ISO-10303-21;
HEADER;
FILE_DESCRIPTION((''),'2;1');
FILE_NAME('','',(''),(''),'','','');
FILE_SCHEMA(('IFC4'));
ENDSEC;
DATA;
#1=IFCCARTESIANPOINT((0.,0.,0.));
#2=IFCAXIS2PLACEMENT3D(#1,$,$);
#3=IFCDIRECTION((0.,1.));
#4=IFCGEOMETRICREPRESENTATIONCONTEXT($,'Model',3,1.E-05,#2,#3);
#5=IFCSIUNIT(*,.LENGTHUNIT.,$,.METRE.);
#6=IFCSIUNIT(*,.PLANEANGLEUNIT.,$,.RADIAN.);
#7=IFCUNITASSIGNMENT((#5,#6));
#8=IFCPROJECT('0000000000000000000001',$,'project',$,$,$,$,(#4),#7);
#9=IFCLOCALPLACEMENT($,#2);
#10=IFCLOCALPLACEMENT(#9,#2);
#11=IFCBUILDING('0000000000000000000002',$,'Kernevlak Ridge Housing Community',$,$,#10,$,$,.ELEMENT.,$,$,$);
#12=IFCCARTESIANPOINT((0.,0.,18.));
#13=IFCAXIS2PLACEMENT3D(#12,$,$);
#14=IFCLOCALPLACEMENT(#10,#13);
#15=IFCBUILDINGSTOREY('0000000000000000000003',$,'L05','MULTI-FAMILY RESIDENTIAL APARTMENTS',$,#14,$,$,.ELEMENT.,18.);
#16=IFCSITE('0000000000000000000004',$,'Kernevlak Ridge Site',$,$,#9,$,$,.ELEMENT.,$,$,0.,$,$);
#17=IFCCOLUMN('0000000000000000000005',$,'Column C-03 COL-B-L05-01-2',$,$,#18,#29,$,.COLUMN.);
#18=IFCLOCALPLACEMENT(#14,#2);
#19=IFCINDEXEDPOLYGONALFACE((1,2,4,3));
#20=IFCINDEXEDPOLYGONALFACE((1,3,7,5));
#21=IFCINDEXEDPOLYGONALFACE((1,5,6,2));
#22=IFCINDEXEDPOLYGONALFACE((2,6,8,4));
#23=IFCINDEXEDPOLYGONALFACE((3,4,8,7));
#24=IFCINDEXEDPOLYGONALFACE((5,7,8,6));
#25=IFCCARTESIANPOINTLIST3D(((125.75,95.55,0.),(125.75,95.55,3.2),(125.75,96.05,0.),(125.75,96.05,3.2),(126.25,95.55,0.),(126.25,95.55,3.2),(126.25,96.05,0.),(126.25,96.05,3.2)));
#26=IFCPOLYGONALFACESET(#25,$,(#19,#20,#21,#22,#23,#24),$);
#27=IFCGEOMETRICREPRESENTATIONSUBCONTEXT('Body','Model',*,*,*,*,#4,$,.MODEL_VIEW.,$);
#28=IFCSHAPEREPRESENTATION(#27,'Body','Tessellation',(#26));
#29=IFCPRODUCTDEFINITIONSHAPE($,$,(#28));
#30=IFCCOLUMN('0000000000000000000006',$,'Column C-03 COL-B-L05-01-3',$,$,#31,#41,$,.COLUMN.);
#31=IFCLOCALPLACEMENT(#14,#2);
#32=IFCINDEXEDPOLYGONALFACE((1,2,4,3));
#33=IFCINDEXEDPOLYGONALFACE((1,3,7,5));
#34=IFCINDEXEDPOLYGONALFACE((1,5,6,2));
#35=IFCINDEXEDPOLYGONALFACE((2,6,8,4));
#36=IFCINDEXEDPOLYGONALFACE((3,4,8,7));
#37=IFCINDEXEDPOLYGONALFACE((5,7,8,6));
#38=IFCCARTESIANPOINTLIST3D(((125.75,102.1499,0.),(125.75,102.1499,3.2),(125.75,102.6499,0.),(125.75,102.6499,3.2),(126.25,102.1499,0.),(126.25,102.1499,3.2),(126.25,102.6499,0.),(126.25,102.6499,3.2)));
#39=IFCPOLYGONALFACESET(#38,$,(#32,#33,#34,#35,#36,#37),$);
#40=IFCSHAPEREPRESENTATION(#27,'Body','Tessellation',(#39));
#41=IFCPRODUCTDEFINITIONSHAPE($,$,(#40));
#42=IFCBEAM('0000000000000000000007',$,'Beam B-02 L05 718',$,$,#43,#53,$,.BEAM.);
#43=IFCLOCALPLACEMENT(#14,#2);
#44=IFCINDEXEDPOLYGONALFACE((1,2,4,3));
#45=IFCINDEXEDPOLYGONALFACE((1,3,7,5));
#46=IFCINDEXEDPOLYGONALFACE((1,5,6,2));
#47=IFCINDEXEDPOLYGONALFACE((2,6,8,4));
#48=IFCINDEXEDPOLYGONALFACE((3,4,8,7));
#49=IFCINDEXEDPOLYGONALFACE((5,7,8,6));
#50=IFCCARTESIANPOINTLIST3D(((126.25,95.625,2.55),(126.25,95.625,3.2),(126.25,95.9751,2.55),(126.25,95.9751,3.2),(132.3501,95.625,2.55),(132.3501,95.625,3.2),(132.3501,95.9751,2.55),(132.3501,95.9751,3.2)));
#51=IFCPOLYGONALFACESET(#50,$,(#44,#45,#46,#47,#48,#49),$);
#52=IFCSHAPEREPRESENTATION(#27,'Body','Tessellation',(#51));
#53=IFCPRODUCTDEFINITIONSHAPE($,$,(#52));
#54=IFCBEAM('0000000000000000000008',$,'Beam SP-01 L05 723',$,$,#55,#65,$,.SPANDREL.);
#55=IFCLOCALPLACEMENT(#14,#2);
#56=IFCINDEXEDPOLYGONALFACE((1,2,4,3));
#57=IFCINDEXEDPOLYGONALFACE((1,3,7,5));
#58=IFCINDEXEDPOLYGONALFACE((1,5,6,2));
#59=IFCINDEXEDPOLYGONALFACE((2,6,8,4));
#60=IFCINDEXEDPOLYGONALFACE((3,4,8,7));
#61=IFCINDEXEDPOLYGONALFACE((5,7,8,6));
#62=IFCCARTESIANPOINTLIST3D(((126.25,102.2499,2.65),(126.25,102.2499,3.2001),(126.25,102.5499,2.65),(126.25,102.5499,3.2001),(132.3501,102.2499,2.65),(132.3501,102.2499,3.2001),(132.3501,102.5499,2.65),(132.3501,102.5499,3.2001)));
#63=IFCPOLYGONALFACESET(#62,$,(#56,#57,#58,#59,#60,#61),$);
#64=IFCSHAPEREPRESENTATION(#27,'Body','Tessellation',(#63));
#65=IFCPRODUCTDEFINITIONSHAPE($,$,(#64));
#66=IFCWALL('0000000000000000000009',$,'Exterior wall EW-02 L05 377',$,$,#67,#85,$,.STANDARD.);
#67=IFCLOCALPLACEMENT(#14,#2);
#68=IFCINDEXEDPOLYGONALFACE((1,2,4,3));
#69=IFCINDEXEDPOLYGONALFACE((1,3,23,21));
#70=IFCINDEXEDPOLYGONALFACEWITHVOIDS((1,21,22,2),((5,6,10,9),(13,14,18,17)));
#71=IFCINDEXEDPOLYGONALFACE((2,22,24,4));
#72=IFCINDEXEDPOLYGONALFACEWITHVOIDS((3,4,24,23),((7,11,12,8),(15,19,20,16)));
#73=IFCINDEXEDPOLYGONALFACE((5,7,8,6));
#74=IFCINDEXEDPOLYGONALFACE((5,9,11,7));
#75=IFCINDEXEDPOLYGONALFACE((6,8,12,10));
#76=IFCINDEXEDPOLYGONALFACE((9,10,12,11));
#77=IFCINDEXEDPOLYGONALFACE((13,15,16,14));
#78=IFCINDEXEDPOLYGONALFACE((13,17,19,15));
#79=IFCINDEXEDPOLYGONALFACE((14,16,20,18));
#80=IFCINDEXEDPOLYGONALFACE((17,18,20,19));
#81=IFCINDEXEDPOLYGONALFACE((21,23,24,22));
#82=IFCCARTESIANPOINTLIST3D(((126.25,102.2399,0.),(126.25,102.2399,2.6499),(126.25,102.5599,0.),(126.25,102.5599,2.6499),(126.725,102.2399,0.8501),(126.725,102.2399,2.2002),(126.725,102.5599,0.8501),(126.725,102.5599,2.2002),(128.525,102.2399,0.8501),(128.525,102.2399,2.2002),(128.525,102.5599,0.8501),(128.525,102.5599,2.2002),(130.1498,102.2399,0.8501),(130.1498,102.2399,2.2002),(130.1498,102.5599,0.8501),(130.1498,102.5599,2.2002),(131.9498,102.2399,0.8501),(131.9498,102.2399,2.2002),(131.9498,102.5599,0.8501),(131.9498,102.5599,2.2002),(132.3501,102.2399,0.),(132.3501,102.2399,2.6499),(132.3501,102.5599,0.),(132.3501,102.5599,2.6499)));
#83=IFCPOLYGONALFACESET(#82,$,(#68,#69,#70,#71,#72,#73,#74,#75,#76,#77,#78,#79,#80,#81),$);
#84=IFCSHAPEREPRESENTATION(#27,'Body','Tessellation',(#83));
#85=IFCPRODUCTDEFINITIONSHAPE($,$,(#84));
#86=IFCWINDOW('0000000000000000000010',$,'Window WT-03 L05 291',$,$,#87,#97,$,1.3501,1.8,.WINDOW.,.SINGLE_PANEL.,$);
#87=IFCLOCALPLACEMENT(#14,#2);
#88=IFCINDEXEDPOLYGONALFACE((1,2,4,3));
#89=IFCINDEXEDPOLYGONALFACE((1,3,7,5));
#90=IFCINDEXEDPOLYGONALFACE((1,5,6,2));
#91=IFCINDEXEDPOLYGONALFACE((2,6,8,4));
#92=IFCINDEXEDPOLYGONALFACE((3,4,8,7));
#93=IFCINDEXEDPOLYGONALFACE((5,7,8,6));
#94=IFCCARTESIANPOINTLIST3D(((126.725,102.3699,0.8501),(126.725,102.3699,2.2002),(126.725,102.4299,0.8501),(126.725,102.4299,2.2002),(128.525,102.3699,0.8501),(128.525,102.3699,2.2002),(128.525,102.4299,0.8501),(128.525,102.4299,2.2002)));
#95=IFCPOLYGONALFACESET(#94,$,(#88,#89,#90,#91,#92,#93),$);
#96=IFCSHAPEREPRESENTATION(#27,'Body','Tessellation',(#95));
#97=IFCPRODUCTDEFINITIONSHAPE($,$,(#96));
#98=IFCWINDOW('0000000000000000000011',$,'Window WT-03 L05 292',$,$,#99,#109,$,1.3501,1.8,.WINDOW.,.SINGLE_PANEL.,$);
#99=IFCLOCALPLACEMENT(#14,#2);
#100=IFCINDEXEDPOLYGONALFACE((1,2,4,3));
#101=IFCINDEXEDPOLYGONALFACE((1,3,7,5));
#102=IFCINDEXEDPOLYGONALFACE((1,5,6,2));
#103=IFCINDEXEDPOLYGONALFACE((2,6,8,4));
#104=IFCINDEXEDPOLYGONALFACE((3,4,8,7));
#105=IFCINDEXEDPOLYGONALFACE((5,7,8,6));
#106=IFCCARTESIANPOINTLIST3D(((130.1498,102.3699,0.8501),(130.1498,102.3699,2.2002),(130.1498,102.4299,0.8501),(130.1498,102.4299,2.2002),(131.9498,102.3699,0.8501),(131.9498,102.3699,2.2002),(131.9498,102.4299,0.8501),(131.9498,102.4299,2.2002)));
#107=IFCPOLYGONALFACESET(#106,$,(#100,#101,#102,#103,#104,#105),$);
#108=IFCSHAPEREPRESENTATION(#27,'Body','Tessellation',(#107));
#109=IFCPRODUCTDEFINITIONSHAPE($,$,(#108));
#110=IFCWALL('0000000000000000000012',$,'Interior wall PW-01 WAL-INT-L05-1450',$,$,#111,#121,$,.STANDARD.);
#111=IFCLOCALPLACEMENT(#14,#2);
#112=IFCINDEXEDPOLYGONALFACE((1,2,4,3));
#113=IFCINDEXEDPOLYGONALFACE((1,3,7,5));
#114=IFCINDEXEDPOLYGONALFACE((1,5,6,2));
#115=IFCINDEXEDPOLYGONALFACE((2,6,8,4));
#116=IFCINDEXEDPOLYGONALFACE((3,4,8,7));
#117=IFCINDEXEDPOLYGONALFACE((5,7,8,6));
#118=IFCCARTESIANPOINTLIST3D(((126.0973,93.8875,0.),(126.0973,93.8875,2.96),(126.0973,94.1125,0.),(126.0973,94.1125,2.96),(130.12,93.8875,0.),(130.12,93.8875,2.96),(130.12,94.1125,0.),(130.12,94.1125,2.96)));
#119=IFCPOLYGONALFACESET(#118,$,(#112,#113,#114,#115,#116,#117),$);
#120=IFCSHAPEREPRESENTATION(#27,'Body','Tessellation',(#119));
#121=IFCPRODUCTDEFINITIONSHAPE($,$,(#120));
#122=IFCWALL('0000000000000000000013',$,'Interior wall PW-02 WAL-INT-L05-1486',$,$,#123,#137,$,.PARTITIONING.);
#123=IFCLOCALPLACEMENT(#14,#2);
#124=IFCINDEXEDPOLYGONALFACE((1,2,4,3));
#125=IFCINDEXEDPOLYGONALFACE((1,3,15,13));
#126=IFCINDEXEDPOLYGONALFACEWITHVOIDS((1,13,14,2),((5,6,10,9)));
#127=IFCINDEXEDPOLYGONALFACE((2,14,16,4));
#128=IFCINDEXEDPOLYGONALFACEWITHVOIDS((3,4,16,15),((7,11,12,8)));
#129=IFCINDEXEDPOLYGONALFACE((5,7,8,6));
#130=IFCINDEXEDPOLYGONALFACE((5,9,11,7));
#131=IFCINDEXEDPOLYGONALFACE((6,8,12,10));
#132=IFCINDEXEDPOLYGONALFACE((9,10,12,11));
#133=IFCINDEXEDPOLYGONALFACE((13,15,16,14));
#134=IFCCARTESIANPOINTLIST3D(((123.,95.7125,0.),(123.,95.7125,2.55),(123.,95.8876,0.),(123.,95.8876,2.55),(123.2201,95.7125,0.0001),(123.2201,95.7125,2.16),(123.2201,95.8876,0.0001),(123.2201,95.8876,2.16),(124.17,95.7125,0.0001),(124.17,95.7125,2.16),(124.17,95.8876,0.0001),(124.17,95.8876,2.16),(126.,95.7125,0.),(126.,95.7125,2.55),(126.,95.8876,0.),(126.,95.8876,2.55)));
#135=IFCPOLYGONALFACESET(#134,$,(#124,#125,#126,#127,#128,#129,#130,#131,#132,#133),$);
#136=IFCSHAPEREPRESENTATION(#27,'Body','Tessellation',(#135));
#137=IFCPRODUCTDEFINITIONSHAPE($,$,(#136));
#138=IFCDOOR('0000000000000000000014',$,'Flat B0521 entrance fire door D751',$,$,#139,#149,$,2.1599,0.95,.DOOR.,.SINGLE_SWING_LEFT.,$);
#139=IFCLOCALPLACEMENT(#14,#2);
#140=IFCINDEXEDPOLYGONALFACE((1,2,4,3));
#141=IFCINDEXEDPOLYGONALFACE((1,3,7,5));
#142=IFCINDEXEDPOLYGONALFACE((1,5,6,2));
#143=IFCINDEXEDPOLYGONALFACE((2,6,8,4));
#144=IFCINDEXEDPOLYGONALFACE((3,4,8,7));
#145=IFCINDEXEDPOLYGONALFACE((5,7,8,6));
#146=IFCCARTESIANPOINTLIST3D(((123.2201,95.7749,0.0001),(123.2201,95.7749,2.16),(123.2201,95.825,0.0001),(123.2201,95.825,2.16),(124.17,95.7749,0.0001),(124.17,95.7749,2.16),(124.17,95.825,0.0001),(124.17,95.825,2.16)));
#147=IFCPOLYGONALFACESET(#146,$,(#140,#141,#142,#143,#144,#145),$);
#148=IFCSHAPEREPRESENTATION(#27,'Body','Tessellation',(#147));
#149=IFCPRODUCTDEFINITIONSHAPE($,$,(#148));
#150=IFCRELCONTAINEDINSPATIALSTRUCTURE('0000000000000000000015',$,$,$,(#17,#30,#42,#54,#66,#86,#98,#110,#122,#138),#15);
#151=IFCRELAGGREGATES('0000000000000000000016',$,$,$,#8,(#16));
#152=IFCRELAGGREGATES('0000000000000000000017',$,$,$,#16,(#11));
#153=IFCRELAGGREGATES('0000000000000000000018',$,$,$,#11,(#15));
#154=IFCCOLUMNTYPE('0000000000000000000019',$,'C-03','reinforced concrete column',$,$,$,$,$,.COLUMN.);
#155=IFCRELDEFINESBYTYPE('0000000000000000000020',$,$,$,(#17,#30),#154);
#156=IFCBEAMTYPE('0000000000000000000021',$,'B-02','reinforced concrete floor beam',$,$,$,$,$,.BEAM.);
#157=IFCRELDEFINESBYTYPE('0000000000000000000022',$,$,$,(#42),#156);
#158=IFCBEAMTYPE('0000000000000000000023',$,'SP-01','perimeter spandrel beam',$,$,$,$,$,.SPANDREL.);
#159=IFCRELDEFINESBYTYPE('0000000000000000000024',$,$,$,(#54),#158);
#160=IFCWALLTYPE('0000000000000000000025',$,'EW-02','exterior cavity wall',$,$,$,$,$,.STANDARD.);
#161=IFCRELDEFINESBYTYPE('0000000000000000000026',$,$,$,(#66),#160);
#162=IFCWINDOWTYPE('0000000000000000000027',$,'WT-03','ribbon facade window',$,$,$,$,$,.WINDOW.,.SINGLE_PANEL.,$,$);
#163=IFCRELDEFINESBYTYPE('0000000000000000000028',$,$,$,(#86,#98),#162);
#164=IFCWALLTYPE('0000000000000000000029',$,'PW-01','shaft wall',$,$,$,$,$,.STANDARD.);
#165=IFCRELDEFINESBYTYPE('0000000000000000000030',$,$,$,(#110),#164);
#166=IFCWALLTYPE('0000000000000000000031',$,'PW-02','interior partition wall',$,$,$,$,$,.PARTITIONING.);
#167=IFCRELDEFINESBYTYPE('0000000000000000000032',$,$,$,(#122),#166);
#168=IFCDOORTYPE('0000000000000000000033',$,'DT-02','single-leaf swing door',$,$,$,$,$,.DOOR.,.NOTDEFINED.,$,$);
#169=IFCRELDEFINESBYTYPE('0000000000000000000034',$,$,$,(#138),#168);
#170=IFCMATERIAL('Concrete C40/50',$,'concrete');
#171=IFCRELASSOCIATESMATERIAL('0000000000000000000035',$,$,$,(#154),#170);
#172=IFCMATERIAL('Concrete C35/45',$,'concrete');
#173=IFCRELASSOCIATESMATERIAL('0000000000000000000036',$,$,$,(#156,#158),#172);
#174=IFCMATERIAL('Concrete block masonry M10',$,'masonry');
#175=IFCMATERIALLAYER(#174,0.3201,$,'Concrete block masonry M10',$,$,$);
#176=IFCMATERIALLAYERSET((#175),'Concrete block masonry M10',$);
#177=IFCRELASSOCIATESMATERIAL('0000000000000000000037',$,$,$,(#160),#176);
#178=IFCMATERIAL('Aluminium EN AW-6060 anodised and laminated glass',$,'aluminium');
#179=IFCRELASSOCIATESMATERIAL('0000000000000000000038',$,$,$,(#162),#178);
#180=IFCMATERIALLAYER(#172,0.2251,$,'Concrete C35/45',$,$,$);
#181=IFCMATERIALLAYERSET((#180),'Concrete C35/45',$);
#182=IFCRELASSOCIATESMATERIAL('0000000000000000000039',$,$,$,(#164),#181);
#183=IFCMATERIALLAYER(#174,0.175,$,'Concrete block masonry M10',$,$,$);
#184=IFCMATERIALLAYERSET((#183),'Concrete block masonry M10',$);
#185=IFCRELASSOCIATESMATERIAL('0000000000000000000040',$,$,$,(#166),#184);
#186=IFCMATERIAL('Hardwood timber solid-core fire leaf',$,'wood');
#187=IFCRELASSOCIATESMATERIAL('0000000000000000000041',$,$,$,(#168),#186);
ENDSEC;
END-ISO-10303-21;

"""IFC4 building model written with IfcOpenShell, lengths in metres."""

from ifc_helpers import new_model, si_unit, direction, frame, frame_2d, origin, origin_2d, place, context, subcontext, project, spatial, rectangle, extrude, material, layer, layer_set, material_profile, profile_set, type_object, element, fill, save


model = new_model("IFC4")

# Units and contexts
model_context = context("Model", 3, precision=1e-05, world=origin(), true_north=direction((0.0, 1.0)))
body_context = subcontext(model_context, "Body", "Model", "MODEL_VIEW")
ifc_project = project(units=[si_unit("LENGTHUNIT", "METRE"), si_unit("PLANEANGLEUNIT", "RADIAN")], contexts=[model_context])

# Site, building, storey
site_placement = place(None, origin())
site = spatial("IfcSite", under=ifc_project, at=site_placement, Name="Kernevlak Ridge Site", CompositionType="ELEMENT", RefElevation=0.0)
building_placement = place(site_placement, origin())
building = spatial("IfcBuilding", under=site, at=building_placement, Name="Kernevlak Ridge Housing Community", CompositionType="ELEMENT")
storey_placement = place(building_placement, frame((0.0, 0.0, 18.0)))
storey = spatial("IfcBuildingStorey", under=building, at=storey_placement, Name="L05", Description="MULTI-FAMILY RESIDENTIAL APARTMENTS", CompositionType="ELEMENT", Elevation=18.0)

# Columns
ifc_material_1 = material(Name="Concrete C40/50", Category="concrete")
ifc_material_profile_1 = material_profile(ifc_material_1, rectangle(XDim=0.5, YDim=0.5, at=origin_2d()), Name="RC 500x500")
ifc_profile_set_1 = profile_set([ifc_material_profile_1], Name="Concrete C40/50")
column_type = type_object("IfcColumnType", Name="C-03", Description="reinforced concrete column", PredefinedType="COLUMN", material=ifc_profile_set_1)
for number, where, z_axis, x_axis, name in (
    (1, (126.0, 95.8, 0.0), (0.0, 0.0, 1.0), (1.0, 0.0, 0.0), "Column C-03 COL-B-L05-01-2"),
    (2, (126.0, 102.3999, 0.0), (0.0, 0.0, 1.0), (1.0, 0.0, 0.0), "Column C-03 COL-B-L05-01-3"),
):
    element("IfcColumn", number, at=place(storey_placement, frame(where, z_axis=z_axis, x_axis=x_axis)), inside=storey, type_object=column_type, Name=name, PredefinedType="COLUMN", context=body_context, shape_type="SweptSolid", body=[
        extrude(rectangle(XDim=0.5, YDim=0.5, at=origin_2d()), origin(), (0.0, 0.0, 1.0), 3.2),
    ])

# Beams
ifc_material_2 = material(Name="Concrete C35/45", Category="concrete")
ifc_material_profile_2 = material_profile(ifc_material_2, rectangle(XDim=0.3501, YDim=0.6499, at=origin_2d()), Name="RC 350x650")
ifc_profile_set_2 = profile_set([ifc_material_profile_2], Name="Concrete C35/45")
beam_type_1 = type_object("IfcBeamType", Name="B-02", Description="reinforced concrete floor beam", PredefinedType="BEAM", material=ifc_profile_set_2)
beam_1_placement = place(storey_placement, frame((126.25, 95.8, 2.875), z_axis=(1.0, 0.0, 0.0), x_axis=(0.0, 1.0, 0.0)))
element("IfcBeam", 3, at=beam_1_placement, inside=storey, type_object=beam_type_1, Name="Beam B-02 L05 718", PredefinedType="BEAM", context=body_context, shape_type="SweptSolid", body=[
    extrude(rectangle(XDim=0.3501, YDim=0.6499, at=origin_2d()), origin(), (0.0, 0.0, 1.0), 6.1001),
])
ifc_material_profile_3 = material_profile(ifc_material_2, rectangle(XDim=0.3, YDim=0.55, at=origin_2d()), Name="RC 300x550")
ifc_profile_set_3 = profile_set([ifc_material_profile_3], Name="Concrete C35/45")
beam_type_2 = type_object("IfcBeamType", Name="SP-01", Description="perimeter spandrel beam", PredefinedType="SPANDREL", material=ifc_profile_set_3)
beam_2_placement = place(storey_placement, frame((126.25, 102.3999, 2.925), z_axis=(1.0, 0.0, 0.0), x_axis=(0.0, 1.0, 0.0)))
element("IfcBeam", 4, at=beam_2_placement, inside=storey, type_object=beam_type_2, Name="Beam SP-01 L05 723", PredefinedType="SPANDREL", context=body_context, shape_type="SweptSolid", body=[
    extrude(rectangle(XDim=0.3, YDim=0.55, at=origin_2d()), origin(), (0.0, 0.0, 1.0), 6.1001),
])

# Wall, openings, windows
ifc_material_3 = material(Name="Concrete block masonry M10", Category="masonry")
ifc_layer_1 = layer(ifc_material_3, 0.3201, Name="Concrete block masonry M10")
ifc_layer_set_1 = layer_set([ifc_layer_1], Name="Concrete block masonry M10")
wall_type_1 = type_object("IfcWallType", Name="EW-02", Description="exterior cavity wall", PredefinedType="STANDARD", material=ifc_layer_set_1)
wall_1_placement = place(storey_placement, frame((126.25, 102.3999, 0.0), z_axis=(0.0, 0.0, 1.0), x_axis=(1.0, 0.0, 0.0)))
wall_1 = element("IfcWall", 5, at=wall_1_placement, inside=storey, type_object=wall_type_1, Name="Exterior wall EW-02 L05 377", PredefinedType="STANDARD", context=body_context, shape_type="SweptSolid", body=[
    extrude(rectangle(XDim=6.1001, YDim=0.3201, at=frame_2d((3.05, 0.0))), origin(), (0.0, 0.0, 1.0), 2.6499),
])
opening_1_placement = place(wall_1_placement, frame((0.4751, 0.0, 0.8501)))
opening_1 = element("IfcOpeningElement", 6, at=opening_1_placement, cuts=wall_1, PredefinedType="OPENING", context=body_context, shape_type="SweptSolid", body=[
    extrude(rectangle(XDim=1.8, YDim=1.3501, at=frame_2d((0.8999, 0.675))), frame((0.0, 0.1699, 0.0), z_axis=(0.0, -1.0, 0.0), x_axis=(1.0, 0.0, 0.0)), (0.0, 0.0, 1.0), 0.3401),
])
opening_2_placement = place(wall_1_placement, frame((3.8999, 0.0, 0.8501)))
opening_2 = element("IfcOpeningElement", 7, at=opening_2_placement, cuts=wall_1, PredefinedType="OPENING", context=body_context, shape_type="SweptSolid", body=[
    extrude(rectangle(XDim=1.8, YDim=1.3501, at=frame_2d((0.8999, 0.675))), frame((0.0, 0.1699, 0.0), z_axis=(0.0, -1.0, 0.0), x_axis=(1.0, 0.0, 0.0)), (0.0, 0.0, 1.0), 0.3401),
])
ifc_material_4 = material(Name="Aluminium EN AW-6060 anodised and laminated glass", Category="aluminium")
window_type = type_object("IfcWindowType", Name="WT-03", Description="ribbon facade window", PartitioningType="SINGLE_PANEL", PredefinedType="WINDOW", material=ifc_material_4)
window_1_placement = place(opening_1_placement, origin())
window_1 = element("IfcWindow", 8, at=window_1_placement, inside=storey, type_object=window_type, Name="Window WT-03 L05 291", OverallHeight=1.3501, OverallWidth=1.8, PartitioningType="SINGLE_PANEL", PredefinedType="WINDOW", context=body_context, shape_type="SweptSolid", body=[
    extrude(rectangle(XDim=1.8, YDim=1.3501, at=frame_2d((0.8999, 0.675))), frame((0.0, 0.03, 0.0), z_axis=(0.0, -1.0, 0.0), x_axis=(1.0, 0.0, 0.0)), (0.0, 0.0, 1.0), 0.0601),
])
fill(opening_1, window_1)
window_2_placement = place(opening_2_placement, origin())
window_2 = element("IfcWindow", 9, at=window_2_placement, inside=storey, type_object=window_type, Name="Window WT-03 L05 292", OverallHeight=1.3501, OverallWidth=1.8, PartitioningType="SINGLE_PANEL", PredefinedType="WINDOW", context=body_context, shape_type="SweptSolid", body=[
    extrude(rectangle(XDim=1.8, YDim=1.3501, at=frame_2d((0.8999, 0.675))), frame((0.0, 0.03, 0.0), z_axis=(0.0, -1.0, 0.0), x_axis=(1.0, 0.0, 0.0)), (0.0, 0.0, 1.0), 0.0601),
])
fill(opening_2, window_2)

# Wall
ifc_layer_2 = layer(ifc_material_2, 0.2251, Name="Concrete C35/45")
ifc_layer_set_2 = layer_set([ifc_layer_2], Name="Concrete C35/45")
wall_type_2 = type_object("IfcWallType", Name="PW-01", Description="shaft wall", PredefinedType="STANDARD", material=ifc_layer_set_2)
wall_2_placement = place(storey_placement, frame((126.0974, 94.0, 0.0), z_axis=(0.0, 0.0, 1.0), x_axis=(1.0, 0.0, 0.0)))
element("IfcWall", 10, at=wall_2_placement, inside=storey, type_object=wall_type_2, Name="Interior wall PW-01 WAL-INT-L05-1450", PredefinedType="STANDARD", context=body_context, shape_type="SweptSolid", body=[
    extrude(rectangle(XDim=4.0227, YDim=0.2251, at=frame_2d((2.0112, 0.0))), origin(), (0.0, 0.0, 1.0), 2.96),
])

# Wall, opening, door
ifc_layer_3 = layer(ifc_material_3, 0.175, Name="Concrete block masonry M10")
ifc_layer_set_3 = layer_set([ifc_layer_3], Name="Concrete block masonry M10")
wall_type_3 = type_object("IfcWallType", Name="PW-02", Description="interior partition wall", PredefinedType="PARTITIONING", material=ifc_layer_set_3)
wall_3_placement = place(storey_placement, frame((123.0, 95.8, 0.0), z_axis=(0.0, 0.0, 1.0), x_axis=(1.0, 0.0, 0.0)))
wall_3 = element("IfcWall", 11, at=wall_3_placement, inside=storey, type_object=wall_type_3, Name="Interior wall PW-02 WAL-INT-L05-1486", PredefinedType="PARTITIONING", context=body_context, shape_type="SweptSolid", body=[
    extrude(rectangle(XDim=3.0, YDim=0.175, at=frame_2d((1.5, 0.0))), origin(), (0.0, 0.0, 1.0), 2.55),
])
opening_3_placement = place(wall_3_placement, frame((0.22, 0.0, 0.0)))
opening_3 = element("IfcOpeningElement", 12, at=opening_3_placement, cuts=wall_3, PredefinedType="OPENING", context=body_context, shape_type="SweptSolid", body=[
    extrude(rectangle(XDim=0.95, YDim=2.1599, at=frame_2d((0.4751, 1.0801))), frame((0.0, 0.0974, 0.0), z_axis=(0.0, -1.0, 0.0), x_axis=(1.0, 0.0, 0.0)), (0.0, 0.0, 1.0), 0.1951),
])
ifc_material_5 = material(Name="Hardwood timber solid-core fire leaf", Category="wood")
door_type_1 = type_object("IfcDoorType", Name="DT-02", Description="single-leaf swing door", OperationType="NOTDEFINED", PredefinedType="DOOR", material=ifc_material_5)
door_1_placement = place(opening_3_placement, origin())
door_1 = element("IfcDoor", 13, at=door_1_placement, inside=storey, type_object=door_type_1, Name="Flat B0521 entrance fire door D751", OperationType="SINGLE_SWING_LEFT", OverallHeight=2.1599, OverallWidth=0.95, PredefinedType="DOOR", context=body_context, shape_type="SweptSolid", body=[
    extrude(rectangle(XDim=0.95, YDim=2.1599, at=frame_2d((0.4751, 1.0801))), frame((0.0, 0.0249, 0.0), z_axis=(0.0, -1.0, 0.0), x_axis=(1.0, 0.0, 0.0)), (0.0, 0.0, 1.0), 0.05),
])
fill(opening_3, door_1)

save(model, "model.ifc")
